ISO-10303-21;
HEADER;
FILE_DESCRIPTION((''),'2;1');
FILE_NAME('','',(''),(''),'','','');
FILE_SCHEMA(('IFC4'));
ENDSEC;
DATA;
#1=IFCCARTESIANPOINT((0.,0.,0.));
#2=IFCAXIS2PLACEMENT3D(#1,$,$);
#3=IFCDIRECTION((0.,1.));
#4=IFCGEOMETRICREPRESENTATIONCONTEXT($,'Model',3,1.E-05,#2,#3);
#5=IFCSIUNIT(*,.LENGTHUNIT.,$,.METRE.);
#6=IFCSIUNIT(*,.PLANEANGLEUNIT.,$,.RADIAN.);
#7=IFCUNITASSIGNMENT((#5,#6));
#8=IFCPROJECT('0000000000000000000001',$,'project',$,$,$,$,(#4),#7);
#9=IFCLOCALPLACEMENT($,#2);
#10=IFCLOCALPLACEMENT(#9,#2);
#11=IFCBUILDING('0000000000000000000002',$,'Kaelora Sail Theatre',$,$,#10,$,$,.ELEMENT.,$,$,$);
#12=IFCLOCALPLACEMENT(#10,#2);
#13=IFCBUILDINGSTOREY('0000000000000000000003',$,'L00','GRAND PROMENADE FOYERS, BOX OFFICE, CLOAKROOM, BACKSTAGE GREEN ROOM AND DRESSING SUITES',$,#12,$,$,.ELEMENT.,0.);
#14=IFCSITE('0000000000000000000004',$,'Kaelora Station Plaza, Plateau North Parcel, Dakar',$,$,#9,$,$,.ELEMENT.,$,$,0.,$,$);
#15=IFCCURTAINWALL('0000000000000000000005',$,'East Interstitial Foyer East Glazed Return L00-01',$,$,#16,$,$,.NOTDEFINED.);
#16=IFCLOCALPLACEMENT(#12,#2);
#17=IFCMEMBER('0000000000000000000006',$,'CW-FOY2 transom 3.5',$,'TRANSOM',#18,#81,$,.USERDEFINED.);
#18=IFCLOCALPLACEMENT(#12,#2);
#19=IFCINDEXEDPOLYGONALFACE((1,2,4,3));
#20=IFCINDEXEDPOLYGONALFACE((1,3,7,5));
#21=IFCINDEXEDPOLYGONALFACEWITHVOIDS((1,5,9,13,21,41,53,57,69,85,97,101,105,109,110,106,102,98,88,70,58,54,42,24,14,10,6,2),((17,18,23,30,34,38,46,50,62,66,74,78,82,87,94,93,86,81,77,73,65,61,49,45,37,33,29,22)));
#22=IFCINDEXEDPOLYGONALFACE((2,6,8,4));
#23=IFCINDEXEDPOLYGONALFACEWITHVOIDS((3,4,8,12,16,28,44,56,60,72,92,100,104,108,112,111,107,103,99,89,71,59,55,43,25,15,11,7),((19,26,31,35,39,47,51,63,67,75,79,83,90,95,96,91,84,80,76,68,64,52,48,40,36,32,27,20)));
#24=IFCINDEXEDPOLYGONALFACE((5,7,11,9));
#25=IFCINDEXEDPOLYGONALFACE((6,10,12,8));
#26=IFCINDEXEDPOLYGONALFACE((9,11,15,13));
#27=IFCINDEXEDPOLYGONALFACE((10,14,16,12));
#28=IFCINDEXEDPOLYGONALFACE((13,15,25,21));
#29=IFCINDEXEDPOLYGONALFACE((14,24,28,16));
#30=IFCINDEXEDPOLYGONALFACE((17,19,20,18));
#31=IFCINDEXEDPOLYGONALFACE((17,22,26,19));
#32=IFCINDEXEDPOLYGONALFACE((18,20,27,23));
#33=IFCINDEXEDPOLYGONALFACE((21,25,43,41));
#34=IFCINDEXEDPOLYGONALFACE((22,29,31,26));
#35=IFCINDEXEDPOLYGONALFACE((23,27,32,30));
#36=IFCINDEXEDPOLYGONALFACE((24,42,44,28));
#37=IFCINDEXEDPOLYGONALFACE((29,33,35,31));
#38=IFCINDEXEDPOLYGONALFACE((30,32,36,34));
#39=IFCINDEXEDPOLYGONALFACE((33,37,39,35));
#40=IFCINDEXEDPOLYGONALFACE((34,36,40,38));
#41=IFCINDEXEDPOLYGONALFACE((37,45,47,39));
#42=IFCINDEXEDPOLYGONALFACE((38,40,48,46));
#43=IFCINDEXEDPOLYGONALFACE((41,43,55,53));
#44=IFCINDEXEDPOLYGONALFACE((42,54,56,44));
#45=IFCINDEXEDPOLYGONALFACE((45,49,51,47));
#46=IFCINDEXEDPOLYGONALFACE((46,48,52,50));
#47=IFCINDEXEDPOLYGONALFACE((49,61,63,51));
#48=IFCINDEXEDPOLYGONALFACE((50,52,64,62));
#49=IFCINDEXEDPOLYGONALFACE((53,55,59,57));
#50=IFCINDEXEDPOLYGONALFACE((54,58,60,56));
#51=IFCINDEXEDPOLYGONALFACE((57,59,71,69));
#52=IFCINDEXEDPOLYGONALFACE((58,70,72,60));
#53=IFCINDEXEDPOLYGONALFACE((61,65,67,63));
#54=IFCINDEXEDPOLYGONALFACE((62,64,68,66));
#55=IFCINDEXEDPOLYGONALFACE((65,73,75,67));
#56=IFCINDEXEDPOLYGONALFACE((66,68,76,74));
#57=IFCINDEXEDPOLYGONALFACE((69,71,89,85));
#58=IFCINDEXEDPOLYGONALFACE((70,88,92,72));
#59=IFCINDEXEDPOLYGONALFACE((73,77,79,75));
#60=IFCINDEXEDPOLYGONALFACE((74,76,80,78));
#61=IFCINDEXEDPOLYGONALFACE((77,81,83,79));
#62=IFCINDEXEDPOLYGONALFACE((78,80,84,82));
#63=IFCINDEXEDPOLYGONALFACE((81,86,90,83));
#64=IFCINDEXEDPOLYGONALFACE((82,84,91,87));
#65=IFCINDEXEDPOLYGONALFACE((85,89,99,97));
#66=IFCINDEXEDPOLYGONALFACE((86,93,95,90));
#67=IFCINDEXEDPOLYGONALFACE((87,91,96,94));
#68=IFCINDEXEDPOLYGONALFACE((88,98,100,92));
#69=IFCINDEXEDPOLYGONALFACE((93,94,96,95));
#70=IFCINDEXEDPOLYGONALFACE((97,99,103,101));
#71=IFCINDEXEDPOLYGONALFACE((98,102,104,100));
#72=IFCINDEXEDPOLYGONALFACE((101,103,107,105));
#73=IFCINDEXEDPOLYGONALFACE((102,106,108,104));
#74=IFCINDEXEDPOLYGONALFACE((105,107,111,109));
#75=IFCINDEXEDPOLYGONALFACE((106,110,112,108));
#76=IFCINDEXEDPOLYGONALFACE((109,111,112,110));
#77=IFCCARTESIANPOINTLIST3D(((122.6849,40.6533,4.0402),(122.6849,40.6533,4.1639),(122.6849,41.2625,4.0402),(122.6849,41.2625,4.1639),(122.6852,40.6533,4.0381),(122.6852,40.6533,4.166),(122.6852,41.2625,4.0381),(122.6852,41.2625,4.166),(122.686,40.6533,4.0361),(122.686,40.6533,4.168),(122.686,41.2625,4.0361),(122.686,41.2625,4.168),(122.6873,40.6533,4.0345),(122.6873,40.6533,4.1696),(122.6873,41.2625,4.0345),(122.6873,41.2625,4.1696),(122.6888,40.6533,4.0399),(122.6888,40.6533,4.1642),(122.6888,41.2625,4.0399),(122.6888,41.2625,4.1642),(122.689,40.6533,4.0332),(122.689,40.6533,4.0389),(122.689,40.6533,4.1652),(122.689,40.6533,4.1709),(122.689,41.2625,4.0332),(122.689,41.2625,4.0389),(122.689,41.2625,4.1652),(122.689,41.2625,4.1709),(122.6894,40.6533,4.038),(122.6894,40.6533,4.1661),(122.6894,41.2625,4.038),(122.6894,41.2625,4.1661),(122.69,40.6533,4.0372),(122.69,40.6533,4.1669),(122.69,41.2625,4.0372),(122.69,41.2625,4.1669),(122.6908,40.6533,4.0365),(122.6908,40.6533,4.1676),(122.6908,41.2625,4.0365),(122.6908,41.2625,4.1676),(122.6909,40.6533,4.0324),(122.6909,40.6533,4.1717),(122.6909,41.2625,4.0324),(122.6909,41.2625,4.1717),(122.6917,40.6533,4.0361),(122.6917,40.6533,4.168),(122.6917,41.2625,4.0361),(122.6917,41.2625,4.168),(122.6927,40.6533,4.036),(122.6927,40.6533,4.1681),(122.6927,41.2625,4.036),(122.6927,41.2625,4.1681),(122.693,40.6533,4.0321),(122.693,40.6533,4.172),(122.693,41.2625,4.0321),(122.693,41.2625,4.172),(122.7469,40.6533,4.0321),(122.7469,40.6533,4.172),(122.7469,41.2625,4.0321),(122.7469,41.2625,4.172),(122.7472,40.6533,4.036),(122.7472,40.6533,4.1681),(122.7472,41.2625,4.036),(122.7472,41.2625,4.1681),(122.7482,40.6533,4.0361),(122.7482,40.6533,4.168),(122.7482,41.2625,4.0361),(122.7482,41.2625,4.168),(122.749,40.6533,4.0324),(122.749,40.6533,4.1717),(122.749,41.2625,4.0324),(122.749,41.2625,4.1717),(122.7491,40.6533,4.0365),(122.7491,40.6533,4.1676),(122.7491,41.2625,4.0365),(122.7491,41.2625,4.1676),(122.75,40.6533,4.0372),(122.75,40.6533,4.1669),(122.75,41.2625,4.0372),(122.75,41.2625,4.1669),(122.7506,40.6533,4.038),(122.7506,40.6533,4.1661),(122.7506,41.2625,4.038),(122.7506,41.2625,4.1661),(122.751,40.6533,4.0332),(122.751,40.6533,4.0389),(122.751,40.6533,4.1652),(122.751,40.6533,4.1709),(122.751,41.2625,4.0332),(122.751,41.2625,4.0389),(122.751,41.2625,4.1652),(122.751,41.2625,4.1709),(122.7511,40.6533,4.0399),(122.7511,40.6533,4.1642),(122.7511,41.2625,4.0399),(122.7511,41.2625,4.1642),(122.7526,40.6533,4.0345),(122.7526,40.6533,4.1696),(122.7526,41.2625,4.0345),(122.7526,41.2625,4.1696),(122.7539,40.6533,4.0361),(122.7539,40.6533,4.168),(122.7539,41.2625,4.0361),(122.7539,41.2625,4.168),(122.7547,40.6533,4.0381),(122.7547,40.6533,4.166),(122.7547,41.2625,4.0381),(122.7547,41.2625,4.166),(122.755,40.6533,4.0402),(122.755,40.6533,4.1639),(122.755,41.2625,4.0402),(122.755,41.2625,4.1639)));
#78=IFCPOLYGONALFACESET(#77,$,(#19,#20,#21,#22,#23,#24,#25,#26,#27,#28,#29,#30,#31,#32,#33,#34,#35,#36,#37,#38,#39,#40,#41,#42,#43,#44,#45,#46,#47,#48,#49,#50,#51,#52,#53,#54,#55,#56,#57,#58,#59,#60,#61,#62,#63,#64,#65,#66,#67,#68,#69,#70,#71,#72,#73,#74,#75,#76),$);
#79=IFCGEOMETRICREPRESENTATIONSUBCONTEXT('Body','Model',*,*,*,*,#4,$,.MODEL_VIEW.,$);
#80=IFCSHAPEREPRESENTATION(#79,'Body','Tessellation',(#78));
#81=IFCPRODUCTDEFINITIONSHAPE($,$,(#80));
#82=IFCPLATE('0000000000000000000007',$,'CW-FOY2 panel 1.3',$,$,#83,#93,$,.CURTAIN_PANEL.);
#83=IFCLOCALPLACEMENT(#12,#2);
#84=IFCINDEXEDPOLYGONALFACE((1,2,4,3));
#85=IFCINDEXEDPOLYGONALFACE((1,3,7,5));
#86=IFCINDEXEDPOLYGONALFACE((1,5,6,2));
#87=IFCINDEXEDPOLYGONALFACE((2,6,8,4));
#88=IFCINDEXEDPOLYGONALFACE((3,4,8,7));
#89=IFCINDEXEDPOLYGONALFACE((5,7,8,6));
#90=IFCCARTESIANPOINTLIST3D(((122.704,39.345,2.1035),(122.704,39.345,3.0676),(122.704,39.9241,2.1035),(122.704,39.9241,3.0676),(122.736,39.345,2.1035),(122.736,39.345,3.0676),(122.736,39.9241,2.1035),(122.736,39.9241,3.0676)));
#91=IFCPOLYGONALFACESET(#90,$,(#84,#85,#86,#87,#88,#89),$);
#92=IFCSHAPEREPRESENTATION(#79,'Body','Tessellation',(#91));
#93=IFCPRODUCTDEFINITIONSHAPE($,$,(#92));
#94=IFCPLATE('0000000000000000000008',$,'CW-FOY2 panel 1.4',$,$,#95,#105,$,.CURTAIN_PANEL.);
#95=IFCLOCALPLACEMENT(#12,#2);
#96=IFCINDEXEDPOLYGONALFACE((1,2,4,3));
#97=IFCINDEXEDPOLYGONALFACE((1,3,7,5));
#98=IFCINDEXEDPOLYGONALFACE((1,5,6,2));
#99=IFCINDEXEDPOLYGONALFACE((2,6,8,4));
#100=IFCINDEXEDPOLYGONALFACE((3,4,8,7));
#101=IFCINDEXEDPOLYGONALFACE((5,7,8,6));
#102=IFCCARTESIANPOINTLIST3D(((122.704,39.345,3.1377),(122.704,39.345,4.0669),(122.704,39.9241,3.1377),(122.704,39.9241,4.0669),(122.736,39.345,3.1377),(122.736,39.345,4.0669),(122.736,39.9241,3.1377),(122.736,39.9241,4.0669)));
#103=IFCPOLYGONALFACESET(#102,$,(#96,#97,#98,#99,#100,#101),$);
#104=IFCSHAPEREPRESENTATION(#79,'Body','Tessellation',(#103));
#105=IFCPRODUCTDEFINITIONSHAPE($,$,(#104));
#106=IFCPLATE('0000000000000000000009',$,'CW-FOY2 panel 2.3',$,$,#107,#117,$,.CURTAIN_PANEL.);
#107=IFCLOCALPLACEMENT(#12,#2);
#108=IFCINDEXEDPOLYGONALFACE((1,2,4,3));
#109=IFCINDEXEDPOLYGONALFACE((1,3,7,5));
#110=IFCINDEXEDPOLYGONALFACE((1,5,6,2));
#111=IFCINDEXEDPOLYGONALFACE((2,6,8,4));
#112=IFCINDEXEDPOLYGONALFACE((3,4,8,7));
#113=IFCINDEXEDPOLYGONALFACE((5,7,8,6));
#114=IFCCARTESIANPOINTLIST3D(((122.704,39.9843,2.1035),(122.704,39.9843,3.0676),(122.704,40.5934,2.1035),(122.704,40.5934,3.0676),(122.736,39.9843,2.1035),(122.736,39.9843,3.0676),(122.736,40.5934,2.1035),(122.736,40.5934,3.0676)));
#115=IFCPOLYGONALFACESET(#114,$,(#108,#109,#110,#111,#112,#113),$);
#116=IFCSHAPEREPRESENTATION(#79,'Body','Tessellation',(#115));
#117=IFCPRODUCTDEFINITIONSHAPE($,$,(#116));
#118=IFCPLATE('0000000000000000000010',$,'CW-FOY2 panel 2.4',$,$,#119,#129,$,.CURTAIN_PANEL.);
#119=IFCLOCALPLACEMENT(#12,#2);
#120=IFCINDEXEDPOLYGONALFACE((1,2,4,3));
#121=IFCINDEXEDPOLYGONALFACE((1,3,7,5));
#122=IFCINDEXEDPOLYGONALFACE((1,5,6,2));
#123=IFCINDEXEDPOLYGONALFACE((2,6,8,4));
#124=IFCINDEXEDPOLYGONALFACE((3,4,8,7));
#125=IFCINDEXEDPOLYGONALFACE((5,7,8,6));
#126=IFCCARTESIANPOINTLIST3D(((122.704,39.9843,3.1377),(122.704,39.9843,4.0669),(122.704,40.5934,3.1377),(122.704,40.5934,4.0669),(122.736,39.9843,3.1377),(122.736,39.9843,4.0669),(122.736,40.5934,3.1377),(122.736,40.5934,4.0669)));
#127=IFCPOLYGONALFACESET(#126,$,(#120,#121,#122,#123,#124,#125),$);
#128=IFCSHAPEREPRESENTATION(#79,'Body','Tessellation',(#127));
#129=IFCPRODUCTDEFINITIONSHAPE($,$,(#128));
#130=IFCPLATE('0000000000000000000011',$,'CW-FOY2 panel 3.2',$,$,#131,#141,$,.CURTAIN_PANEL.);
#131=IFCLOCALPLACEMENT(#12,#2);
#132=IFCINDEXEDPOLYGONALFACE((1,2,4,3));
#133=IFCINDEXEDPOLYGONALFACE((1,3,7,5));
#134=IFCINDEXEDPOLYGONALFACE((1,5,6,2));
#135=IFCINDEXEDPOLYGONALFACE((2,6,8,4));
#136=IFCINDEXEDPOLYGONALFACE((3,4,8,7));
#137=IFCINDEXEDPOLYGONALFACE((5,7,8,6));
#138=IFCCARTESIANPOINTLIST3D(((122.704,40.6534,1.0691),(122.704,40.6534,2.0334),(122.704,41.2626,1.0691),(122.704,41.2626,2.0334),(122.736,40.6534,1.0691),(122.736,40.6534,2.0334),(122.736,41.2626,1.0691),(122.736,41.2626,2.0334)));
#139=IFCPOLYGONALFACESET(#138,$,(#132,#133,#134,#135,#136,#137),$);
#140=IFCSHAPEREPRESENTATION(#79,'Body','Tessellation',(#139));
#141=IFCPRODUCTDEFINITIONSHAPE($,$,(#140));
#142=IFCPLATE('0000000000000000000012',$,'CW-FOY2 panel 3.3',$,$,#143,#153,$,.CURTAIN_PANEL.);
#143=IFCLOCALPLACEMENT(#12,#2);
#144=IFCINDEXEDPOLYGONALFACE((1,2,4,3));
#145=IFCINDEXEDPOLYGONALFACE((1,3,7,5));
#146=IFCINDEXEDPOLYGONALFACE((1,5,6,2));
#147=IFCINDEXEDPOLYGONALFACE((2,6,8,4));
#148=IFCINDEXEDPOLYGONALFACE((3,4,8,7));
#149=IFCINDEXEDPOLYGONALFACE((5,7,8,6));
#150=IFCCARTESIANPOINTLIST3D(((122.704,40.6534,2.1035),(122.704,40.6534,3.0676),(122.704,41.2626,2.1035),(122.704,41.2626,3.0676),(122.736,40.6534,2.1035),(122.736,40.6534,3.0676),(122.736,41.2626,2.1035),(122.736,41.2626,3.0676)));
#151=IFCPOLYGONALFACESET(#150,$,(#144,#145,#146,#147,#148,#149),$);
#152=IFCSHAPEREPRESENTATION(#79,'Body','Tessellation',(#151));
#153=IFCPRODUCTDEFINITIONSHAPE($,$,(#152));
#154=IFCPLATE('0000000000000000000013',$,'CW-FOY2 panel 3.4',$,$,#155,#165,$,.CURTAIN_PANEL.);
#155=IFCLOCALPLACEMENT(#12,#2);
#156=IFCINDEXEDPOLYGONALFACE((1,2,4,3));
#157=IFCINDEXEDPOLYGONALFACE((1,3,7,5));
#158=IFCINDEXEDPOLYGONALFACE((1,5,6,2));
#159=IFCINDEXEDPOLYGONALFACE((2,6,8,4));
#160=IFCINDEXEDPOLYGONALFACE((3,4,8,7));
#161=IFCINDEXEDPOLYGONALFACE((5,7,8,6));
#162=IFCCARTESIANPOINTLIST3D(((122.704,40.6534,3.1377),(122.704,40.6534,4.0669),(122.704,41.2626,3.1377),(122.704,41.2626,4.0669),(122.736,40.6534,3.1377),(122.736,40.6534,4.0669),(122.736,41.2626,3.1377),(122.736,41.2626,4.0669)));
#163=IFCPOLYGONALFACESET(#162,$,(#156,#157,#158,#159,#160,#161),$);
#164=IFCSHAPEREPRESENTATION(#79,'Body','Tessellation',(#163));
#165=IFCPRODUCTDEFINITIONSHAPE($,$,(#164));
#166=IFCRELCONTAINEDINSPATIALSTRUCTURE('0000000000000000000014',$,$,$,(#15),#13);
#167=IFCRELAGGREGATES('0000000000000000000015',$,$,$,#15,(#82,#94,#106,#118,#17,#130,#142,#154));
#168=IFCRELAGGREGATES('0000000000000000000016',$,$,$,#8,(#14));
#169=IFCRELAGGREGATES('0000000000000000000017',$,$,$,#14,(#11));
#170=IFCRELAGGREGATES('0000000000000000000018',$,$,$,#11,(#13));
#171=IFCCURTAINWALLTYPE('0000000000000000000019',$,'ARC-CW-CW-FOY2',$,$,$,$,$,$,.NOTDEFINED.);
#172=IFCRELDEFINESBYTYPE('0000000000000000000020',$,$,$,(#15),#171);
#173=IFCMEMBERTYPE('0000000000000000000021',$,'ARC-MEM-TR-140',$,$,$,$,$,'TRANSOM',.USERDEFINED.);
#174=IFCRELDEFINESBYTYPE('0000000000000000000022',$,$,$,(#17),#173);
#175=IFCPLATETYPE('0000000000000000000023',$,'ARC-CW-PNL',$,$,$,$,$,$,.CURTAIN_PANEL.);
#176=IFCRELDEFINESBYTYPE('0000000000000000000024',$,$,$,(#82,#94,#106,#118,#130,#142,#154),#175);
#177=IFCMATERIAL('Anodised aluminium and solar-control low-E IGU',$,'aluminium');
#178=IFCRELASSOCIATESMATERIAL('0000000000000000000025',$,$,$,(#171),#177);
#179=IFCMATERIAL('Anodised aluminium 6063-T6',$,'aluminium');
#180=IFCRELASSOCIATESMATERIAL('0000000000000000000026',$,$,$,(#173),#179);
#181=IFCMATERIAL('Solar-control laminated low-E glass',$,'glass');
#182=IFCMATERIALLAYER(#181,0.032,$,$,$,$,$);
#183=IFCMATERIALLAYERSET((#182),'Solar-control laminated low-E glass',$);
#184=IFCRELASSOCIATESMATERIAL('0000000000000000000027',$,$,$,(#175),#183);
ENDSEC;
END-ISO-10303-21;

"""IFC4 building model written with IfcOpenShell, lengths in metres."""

from ifc_helpers import new_model, si_unit, direction, frame, origin, origin_2d, place, context, subcontext, project, spatial, rectangle, hollow_rectangle, extrude, material, layer, layer_set, material_profile, profile_set, type_object, element, aggregate, save


model = new_model("IFC4")

# Units and contexts
model_context = context("Model", 3, precision=1e-05, world=origin(), true_north=direction((0.0, 1.0)))
body_context = subcontext(model_context, "Body", "Model", "MODEL_VIEW")
ifc_project = project(units=[si_unit("LENGTHUNIT", "METRE"), si_unit("PLANEANGLEUNIT", "RADIAN")], contexts=[model_context])

# Site, building, storey
site_placement = place(None, origin())
site = spatial("IfcSite", under=ifc_project, at=site_placement, Name="Kaelora Station Plaza, Plateau North Parcel, Dakar", CompositionType="ELEMENT", RefElevation=0.0)
building_placement = place(site_placement, origin())
building = spatial("IfcBuilding", under=site, at=building_placement, Name="Kaelora Sail Theatre", CompositionType="ELEMENT")
storey_placement = place(building_placement, origin())
storey = spatial("IfcBuildingStorey", under=building, at=storey_placement, Name="L00", Description="GRAND PROMENADE FOYERS, BOX OFFICE, CLOAKROOM, BACKSTAGE GREEN ROOM AND DRESSING SUITES", CompositionType="ELEMENT", Elevation=0.0)

# Curtain wall, member, plates
ifc_material_1 = material(Name="Anodised aluminium and solar-control low-E IGU", Category="aluminium")
curtain_wall_type = type_object("IfcCurtainWallType", Name="ARC-CW-CW-FOY2", PredefinedType="NOTDEFINED", material=ifc_material_1)
curtain_wall_placement = place(storey_placement, origin())
curtain_wall = element("IfcCurtainWall", 1, at=curtain_wall_placement, inside=storey, type_object=curtain_wall_type, Name="East Interstitial Foyer East Glazed Return L00-01", PredefinedType="NOTDEFINED")
ifc_material_2 = material(Name="Anodised aluminium 6063-T6", Category="aluminium")
ifc_material_profile_1 = material_profile(ifc_material_2, hollow_rectangle(XDim=0.0701, YDim=0.1399, WallThickness=0.0039, InnerFilletRadius=0.0039, OuterFilletRadius=0.0081, at=origin_2d()), Name="ALU-TRAN 70x140x4")
ifc_profile_set_1 = profile_set([ifc_material_profile_1], Name="Anodised aluminium 6063-T6")
member_type_1 = type_object("IfcMemberType", Name="ARC-MEM-TR-140", ElementType="TRANSOM", PredefinedType="USERDEFINED", material=ifc_profile_set_1)
member_1_placement = place(storey_placement, frame((122.72, 40.6533, 4.1021), z_axis=(0.0, 1.0, 0.0), x_axis=(-1.0, 0.0, 0.0)))
member_1 = element("IfcMember", 2, at=member_1_placement, type_object=member_type_1, Name="CW-FOY2 transom 3.5", ObjectType="TRANSOM", PredefinedType="USERDEFINED", context=body_context, shape_type="SweptSolid", body=[
    extrude(hollow_rectangle(XDim=0.0701, YDim=0.1399, WallThickness=0.0039, InnerFilletRadius=0.0039, OuterFilletRadius=0.0081, at=origin_2d()), origin(), (0.0, 0.0, 1.0), 0.6091),
])
ifc_material_3 = material(Name="Solar-control laminated low-E glass", Category="glass")
ifc_layer = layer(ifc_material_3, 0.032)
ifc_layer_set = layer_set([ifc_layer], Name="Solar-control laminated low-E glass")
plate_type = type_object("IfcPlateType", Name="ARC-CW-PNL", PredefinedType="CURTAIN_PANEL", material=ifc_layer_set)
plate_1_placement = place(storey_placement, frame((122.72, 39.6345, 2.1035), z_axis=(0.0, 0.0, 1.0), x_axis=(0.0, 1.0, 0.0)))
plate_1 = element("IfcPlate", 3, at=plate_1_placement, type_object=plate_type, Name="CW-FOY2 panel 1.3", PredefinedType="CURTAIN_PANEL", context=body_context, shape_type="SweptSolid", body=[
    extrude(rectangle(XDim=0.5791, YDim=0.032, at=origin_2d()), origin(), (0.0, 0.0, 1.0), 0.9641),
])
plate_2_placement = place(storey_placement, frame((122.72, 39.6345, 3.1377), z_axis=(0.0, 0.0, 1.0), x_axis=(0.0, 1.0, 0.0)))
plate_2 = element("IfcPlate", 4, at=plate_2_placement, type_object=plate_type, Name="CW-FOY2 panel 1.4", PredefinedType="CURTAIN_PANEL", context=body_context, shape_type="SweptSolid", body=[
    extrude(rectangle(XDim=0.5791, YDim=0.032, at=origin_2d()), origin(), (0.0, 0.0, 1.0), 0.9292),
])
plate_3_placement = place(storey_placement, frame((122.72, 40.2888, 2.1035), z_axis=(0.0, 0.0, 1.0), x_axis=(0.0, 1.0, 0.0)))
plate_3 = element("IfcPlate", 5, at=plate_3_placement, type_object=plate_type, Name="CW-FOY2 panel 2.3", PredefinedType="CURTAIN_PANEL", context=body_context, shape_type="SweptSolid", body=[
    extrude(rectangle(XDim=0.6091, YDim=0.032, at=origin_2d()), origin(), (0.0, 0.0, 1.0), 0.9641),
])
plate_4_placement = place(storey_placement, frame((122.72, 40.2888, 3.1377), z_axis=(0.0, 0.0, 1.0), x_axis=(0.0, 1.0, 0.0)))
plate_4 = element("IfcPlate", 6, at=plate_4_placement, type_object=plate_type, Name="CW-FOY2 panel 2.4", PredefinedType="CURTAIN_PANEL", context=body_context, shape_type="SweptSolid", body=[
    extrude(rectangle(XDim=0.6091, YDim=0.032, at=origin_2d()), origin(), (0.0, 0.0, 1.0), 0.9292),
])
plate_5_placement = place(storey_placement, frame((122.72, 40.958, 1.0691), z_axis=(0.0, 0.0, 1.0), x_axis=(0.0, 1.0, 0.0)))
plate_5 = element("IfcPlate", 7, at=plate_5_placement, type_object=plate_type, Name="CW-FOY2 panel 3.2", PredefinedType="CURTAIN_PANEL", context=body_context, shape_type="SweptSolid", body=[
    extrude(rectangle(XDim=0.6091, YDim=0.032, at=origin_2d()), origin(), (0.0, 0.0, 1.0), 0.9644),
])
plate_6_placement = place(storey_placement, frame((122.72, 40.958, 2.1035), z_axis=(0.0, 0.0, 1.0), x_axis=(0.0, 1.0, 0.0)))
plate_6 = element("IfcPlate", 8, at=plate_6_placement, type_object=plate_type, Name="CW-FOY2 panel 3.3", PredefinedType="CURTAIN_PANEL", context=body_context, shape_type="SweptSolid", body=[
    extrude(rectangle(XDim=0.6091, YDim=0.032, at=origin_2d()), origin(), (0.0, 0.0, 1.0), 0.9641),
])
plate_7_placement = place(storey_placement, frame((122.72, 40.958, 3.1377), z_axis=(0.0, 0.0, 1.0), x_axis=(0.0, 1.0, 0.0)))
plate_7 = element("IfcPlate", 9, at=plate_7_placement, type_object=plate_type, Name="CW-FOY2 panel 3.4", PredefinedType="CURTAIN_PANEL", context=body_context, shape_type="SweptSolid", body=[
    extrude(rectangle(XDim=0.6091, YDim=0.032, at=origin_2d()), origin(), (0.0, 0.0, 1.0), 0.9292),
])
aggregate(curtain_wall, [plate_1, plate_2, plate_3, plate_4, member_1, plate_5, plate_6, plate_7])

save(model, "model.ifc")
